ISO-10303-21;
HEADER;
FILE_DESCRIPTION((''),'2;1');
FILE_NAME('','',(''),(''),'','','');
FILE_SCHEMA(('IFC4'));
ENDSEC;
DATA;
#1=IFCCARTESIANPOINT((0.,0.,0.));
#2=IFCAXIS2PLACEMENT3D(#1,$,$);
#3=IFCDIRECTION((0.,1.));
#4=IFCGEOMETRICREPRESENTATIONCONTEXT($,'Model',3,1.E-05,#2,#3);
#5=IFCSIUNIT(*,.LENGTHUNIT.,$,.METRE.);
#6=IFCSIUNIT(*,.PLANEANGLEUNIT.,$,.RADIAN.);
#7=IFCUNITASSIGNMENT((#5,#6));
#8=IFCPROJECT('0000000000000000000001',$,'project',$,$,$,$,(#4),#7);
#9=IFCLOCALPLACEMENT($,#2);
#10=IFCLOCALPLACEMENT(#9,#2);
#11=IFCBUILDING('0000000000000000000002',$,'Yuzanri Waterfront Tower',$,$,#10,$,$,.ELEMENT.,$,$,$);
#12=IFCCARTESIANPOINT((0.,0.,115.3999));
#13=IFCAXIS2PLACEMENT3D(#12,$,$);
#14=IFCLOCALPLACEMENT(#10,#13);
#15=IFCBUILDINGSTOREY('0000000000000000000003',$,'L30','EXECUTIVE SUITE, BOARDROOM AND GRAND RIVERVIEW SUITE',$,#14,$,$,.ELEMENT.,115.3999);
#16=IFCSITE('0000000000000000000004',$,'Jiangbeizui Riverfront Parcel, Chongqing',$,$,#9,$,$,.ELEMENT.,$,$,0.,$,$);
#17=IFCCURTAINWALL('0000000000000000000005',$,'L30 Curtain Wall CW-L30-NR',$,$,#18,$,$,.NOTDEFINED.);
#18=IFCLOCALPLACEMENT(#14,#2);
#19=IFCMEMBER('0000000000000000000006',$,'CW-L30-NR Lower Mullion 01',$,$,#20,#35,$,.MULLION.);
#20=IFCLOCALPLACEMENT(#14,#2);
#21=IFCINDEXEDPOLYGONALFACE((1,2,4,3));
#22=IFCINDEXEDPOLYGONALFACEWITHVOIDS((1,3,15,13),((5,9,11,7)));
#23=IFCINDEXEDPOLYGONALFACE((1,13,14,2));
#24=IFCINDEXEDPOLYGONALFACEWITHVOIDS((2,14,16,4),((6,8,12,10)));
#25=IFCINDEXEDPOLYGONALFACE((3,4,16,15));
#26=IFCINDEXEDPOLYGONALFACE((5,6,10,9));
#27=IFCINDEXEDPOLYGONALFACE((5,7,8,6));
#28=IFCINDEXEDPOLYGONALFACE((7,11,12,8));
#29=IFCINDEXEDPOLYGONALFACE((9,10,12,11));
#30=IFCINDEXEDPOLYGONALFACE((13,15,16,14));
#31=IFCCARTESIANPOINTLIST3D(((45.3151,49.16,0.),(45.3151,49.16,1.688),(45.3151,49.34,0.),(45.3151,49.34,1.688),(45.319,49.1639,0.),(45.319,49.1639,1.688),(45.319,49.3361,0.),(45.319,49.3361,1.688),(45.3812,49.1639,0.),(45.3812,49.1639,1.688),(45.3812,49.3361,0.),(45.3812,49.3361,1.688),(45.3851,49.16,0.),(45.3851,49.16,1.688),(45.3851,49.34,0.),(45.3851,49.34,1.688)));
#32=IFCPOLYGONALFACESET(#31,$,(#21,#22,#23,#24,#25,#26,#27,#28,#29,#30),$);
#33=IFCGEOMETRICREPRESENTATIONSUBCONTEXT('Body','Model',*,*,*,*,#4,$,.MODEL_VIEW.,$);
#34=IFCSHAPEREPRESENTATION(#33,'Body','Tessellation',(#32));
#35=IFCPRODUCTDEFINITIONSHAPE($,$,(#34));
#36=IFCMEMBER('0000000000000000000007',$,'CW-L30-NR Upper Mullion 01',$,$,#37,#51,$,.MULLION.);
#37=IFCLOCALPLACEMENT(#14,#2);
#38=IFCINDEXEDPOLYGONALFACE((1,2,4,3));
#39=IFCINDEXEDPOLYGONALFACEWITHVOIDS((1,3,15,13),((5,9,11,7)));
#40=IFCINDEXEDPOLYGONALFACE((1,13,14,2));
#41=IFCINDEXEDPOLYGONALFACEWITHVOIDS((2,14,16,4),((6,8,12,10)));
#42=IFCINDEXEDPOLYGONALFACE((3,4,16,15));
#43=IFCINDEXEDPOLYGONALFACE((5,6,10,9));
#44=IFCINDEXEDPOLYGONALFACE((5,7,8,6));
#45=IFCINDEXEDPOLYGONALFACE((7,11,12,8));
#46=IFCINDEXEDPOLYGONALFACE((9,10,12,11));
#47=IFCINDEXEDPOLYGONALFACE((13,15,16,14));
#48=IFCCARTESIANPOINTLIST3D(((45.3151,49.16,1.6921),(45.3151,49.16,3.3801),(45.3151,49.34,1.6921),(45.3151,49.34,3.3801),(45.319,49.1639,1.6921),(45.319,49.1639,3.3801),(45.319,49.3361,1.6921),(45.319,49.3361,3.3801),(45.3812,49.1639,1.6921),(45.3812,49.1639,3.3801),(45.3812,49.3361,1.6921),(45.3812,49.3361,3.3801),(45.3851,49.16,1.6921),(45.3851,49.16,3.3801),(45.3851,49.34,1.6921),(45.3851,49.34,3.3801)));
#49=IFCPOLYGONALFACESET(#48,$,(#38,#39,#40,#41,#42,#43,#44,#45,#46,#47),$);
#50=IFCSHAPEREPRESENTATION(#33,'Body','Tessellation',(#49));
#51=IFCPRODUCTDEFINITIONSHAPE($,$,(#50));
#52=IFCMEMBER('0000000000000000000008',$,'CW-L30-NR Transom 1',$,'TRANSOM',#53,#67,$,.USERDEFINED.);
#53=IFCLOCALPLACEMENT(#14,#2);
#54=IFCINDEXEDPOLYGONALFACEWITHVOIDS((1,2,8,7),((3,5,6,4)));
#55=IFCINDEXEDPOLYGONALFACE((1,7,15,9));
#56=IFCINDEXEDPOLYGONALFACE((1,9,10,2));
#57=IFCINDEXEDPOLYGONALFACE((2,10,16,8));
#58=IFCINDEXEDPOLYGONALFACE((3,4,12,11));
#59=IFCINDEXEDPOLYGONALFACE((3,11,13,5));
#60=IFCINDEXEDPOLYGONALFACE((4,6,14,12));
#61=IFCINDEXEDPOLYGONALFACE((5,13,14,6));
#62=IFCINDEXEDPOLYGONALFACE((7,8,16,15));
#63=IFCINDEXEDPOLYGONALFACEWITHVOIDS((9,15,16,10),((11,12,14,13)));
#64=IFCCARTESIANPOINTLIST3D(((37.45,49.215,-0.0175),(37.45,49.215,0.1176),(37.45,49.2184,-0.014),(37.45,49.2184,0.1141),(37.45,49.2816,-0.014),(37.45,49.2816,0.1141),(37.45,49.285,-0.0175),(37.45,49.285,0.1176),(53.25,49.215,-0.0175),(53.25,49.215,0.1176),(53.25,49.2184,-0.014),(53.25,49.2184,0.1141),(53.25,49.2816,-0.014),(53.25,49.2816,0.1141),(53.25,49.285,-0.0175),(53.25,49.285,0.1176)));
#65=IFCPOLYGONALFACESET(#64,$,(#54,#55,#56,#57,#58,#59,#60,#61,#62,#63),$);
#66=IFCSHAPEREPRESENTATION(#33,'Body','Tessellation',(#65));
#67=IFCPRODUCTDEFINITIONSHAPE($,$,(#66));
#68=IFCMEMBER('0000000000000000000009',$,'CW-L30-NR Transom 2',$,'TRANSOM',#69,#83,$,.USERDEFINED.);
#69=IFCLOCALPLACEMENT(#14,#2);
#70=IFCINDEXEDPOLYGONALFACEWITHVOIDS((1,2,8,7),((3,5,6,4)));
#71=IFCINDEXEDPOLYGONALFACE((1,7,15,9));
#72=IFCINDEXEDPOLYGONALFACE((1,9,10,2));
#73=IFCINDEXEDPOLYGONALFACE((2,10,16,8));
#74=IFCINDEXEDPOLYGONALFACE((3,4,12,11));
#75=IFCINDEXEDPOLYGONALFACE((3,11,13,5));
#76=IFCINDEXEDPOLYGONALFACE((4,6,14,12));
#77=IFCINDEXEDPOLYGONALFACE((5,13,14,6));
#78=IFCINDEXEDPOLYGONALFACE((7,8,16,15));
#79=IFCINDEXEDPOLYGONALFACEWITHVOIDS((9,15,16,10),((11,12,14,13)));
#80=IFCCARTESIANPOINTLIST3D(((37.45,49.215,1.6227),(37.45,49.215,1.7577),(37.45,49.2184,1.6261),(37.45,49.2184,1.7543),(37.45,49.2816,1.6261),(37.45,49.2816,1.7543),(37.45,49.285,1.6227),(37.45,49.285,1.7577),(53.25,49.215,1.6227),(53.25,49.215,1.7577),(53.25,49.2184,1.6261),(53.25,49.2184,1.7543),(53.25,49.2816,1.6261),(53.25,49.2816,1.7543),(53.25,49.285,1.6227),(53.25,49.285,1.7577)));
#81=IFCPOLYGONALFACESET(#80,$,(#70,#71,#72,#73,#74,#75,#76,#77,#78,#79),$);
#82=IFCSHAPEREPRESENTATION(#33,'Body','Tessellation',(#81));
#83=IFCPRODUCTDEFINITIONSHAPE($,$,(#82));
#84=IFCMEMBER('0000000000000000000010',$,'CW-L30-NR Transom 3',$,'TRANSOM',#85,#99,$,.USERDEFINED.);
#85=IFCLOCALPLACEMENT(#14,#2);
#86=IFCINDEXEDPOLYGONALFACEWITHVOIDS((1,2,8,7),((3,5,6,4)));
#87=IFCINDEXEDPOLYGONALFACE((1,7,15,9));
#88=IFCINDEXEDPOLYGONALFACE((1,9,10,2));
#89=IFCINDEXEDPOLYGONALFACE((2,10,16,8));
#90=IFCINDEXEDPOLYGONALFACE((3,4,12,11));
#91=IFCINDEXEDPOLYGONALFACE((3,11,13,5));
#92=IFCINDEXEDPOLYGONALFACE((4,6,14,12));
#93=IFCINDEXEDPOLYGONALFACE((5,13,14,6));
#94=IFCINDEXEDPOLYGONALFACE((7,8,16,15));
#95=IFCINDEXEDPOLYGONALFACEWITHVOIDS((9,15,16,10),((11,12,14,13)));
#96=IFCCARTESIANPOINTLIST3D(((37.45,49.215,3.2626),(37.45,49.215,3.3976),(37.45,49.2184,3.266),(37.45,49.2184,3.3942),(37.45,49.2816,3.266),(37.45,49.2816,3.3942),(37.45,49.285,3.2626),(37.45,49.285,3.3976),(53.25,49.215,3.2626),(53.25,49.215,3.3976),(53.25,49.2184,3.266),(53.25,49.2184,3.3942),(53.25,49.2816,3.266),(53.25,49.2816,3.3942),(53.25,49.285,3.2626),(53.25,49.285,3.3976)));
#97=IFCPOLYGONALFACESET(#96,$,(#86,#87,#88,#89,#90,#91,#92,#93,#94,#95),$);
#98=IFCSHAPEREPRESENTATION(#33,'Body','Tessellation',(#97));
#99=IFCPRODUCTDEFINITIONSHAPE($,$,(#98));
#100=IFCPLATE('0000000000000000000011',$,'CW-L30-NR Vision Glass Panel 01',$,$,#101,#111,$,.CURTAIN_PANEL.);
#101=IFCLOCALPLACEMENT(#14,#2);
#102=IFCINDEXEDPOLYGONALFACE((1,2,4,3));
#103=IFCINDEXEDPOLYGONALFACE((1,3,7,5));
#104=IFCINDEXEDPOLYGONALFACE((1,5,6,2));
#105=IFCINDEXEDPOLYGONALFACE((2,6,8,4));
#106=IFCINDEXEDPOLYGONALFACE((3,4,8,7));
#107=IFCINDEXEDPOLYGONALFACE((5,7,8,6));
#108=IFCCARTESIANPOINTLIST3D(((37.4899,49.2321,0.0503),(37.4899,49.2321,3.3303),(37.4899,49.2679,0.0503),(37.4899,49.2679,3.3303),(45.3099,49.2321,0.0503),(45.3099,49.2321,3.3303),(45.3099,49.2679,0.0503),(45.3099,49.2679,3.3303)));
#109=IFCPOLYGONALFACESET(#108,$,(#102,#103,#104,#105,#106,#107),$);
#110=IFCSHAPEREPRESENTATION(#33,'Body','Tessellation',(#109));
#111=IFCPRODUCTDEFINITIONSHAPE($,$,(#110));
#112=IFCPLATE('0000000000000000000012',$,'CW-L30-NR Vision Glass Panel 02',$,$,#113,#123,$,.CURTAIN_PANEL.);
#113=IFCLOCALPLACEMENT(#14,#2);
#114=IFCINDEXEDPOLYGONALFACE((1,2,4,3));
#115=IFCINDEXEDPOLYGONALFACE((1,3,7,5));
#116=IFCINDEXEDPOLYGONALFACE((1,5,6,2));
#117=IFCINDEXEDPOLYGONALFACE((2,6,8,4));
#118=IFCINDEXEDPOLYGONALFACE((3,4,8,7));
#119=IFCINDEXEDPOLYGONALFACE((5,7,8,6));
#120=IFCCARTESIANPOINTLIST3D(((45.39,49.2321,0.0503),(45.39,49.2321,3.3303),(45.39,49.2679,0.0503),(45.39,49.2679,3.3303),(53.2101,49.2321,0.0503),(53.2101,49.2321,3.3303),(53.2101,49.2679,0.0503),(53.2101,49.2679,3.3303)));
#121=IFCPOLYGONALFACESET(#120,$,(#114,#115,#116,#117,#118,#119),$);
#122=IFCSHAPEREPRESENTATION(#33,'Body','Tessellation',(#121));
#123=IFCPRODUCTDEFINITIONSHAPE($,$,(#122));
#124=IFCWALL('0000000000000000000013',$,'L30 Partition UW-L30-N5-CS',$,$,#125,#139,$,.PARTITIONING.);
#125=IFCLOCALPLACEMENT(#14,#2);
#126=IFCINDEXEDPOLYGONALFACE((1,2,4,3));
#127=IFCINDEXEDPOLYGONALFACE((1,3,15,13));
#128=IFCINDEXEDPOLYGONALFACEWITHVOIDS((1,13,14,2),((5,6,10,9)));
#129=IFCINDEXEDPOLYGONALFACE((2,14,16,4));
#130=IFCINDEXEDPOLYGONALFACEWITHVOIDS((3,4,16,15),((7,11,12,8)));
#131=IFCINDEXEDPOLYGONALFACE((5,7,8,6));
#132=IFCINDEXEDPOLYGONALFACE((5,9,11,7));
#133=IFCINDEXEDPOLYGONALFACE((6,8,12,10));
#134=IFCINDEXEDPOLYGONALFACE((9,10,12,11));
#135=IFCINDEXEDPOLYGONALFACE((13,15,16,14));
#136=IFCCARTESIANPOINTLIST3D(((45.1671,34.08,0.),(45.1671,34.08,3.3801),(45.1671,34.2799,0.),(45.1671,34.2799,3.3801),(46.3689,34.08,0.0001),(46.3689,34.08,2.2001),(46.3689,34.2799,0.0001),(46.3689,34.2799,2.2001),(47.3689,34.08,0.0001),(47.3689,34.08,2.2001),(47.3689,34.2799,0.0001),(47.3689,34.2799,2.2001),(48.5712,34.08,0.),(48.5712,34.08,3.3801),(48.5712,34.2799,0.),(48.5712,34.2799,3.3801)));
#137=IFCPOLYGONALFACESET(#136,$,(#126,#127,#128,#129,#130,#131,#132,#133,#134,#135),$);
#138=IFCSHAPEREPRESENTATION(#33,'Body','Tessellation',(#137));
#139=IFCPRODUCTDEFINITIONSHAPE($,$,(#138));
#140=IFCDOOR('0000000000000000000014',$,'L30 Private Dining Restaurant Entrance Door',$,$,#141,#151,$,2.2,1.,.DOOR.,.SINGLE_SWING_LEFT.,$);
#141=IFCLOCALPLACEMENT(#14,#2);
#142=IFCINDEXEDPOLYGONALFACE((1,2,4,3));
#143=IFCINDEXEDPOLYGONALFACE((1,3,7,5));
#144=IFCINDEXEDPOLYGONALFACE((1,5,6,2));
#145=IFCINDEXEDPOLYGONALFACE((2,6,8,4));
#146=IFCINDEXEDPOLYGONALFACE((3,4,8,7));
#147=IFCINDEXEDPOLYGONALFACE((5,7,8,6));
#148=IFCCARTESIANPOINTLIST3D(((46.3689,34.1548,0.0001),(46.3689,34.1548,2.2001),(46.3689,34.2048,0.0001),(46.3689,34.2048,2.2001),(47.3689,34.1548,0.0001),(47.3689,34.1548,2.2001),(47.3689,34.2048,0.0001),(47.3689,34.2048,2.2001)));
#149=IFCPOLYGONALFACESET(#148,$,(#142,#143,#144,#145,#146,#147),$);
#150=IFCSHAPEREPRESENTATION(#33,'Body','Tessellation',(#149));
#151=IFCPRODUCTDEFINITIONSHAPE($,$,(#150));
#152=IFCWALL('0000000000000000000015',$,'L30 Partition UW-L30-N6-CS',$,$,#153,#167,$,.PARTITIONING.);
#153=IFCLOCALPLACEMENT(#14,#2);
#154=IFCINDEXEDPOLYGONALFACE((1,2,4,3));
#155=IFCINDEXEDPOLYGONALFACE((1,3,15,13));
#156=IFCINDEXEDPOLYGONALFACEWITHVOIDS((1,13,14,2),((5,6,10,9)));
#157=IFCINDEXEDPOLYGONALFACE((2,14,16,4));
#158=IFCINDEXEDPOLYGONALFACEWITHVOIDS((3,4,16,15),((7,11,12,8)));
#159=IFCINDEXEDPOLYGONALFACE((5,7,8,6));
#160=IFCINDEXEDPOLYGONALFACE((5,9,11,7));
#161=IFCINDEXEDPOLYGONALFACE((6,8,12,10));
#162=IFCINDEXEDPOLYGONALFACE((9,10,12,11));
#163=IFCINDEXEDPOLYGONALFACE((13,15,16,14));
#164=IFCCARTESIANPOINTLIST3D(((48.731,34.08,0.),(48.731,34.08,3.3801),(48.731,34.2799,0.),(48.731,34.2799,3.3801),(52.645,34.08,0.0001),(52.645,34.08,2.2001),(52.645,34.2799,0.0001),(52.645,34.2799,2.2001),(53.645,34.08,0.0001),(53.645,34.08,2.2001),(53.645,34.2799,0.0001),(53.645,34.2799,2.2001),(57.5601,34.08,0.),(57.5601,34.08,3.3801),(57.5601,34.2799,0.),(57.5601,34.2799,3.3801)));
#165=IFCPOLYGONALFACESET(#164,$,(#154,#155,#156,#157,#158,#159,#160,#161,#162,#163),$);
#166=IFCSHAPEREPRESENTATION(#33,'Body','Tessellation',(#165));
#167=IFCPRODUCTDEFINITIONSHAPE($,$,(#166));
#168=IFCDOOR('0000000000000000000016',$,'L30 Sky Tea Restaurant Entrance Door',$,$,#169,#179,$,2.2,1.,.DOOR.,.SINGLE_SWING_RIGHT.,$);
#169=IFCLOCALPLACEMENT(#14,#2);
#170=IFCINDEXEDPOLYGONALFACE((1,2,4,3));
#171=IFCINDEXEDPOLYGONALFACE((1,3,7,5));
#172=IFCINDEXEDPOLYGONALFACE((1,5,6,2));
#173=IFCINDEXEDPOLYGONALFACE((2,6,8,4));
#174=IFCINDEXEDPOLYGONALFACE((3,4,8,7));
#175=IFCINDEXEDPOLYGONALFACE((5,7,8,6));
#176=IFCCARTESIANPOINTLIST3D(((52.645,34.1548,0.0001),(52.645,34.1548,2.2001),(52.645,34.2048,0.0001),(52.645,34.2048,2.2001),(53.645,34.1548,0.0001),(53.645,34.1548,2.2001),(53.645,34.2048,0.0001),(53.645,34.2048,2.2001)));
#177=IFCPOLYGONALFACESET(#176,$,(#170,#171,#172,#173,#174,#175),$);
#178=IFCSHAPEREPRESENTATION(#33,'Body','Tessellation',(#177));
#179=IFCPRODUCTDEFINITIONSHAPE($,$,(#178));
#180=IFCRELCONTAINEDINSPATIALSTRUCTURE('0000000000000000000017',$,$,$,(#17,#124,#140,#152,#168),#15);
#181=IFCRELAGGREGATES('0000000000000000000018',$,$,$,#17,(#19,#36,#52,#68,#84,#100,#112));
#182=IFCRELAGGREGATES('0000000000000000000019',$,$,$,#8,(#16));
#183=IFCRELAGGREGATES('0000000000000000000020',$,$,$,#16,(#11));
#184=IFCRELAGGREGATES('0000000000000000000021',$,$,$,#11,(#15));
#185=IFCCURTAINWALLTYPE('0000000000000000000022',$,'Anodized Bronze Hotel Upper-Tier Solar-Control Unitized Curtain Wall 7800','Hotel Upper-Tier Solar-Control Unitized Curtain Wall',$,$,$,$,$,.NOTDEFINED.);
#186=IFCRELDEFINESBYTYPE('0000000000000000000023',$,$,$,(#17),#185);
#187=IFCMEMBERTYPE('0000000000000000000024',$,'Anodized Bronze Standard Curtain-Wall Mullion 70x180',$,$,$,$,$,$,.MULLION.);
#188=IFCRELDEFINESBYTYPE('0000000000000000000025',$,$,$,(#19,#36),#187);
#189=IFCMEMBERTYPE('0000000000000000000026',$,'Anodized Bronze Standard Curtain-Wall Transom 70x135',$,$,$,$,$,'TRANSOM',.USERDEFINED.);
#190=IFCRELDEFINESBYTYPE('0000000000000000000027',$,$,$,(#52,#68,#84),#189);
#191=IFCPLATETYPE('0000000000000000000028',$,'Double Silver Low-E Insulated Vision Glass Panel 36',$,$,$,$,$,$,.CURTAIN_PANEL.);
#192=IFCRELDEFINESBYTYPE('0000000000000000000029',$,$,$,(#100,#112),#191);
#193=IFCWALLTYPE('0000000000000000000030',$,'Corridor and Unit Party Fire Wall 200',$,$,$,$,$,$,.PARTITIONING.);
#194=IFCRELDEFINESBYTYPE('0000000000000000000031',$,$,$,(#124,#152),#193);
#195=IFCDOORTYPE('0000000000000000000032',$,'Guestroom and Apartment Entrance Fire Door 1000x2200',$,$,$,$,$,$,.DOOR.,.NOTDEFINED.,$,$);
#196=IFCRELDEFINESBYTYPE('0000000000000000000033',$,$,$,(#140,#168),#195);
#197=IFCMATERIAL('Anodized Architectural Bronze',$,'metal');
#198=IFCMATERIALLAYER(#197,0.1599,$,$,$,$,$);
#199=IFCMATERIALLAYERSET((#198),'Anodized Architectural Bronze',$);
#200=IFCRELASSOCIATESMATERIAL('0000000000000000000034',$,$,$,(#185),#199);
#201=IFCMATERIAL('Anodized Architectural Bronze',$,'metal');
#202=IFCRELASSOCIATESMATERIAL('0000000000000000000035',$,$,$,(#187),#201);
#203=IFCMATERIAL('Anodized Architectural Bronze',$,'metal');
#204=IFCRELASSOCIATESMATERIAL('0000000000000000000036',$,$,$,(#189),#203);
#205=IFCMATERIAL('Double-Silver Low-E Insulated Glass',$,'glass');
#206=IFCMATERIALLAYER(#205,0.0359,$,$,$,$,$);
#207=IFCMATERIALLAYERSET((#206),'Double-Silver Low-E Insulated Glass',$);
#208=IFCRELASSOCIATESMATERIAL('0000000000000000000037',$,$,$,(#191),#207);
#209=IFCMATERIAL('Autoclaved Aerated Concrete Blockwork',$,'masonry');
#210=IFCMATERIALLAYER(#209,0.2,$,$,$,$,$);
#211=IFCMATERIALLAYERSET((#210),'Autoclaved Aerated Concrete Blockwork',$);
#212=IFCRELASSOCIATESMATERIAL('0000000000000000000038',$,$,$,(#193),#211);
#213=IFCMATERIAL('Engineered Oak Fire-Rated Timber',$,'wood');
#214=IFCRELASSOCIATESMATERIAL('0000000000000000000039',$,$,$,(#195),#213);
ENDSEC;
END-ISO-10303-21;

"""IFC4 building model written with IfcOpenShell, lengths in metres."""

from ifc_helpers import new_model, si_unit, direction, frame, frame_2d, origin, origin_2d, place, context, subcontext, project, spatial, rectangle, hollow_rectangle, extrude, source, transform, mapped, material, layer, layer_set, material_profile, profile_set, type_object, element, fill, aggregate, save


model = new_model("IFC4")

# Units and contexts
model_context = context("Model", 3, precision=1e-05, world=origin(), true_north=direction((0.0, 1.0)))
body_context = subcontext(model_context, "Body", "Model", "MODEL_VIEW")
ifc_project = project(units=[si_unit("LENGTHUNIT", "METRE"), si_unit("PLANEANGLEUNIT", "RADIAN")], contexts=[model_context])

# Site, building, storey
site_placement = place(None, origin())
site = spatial("IfcSite", under=ifc_project, at=site_placement, Name="Jiangbeizui Riverfront Parcel, Chongqing", CompositionType="ELEMENT", RefElevation=0.0)
building_placement = place(site_placement, origin())
building = spatial("IfcBuilding", under=site, at=building_placement, Name="Yuzanri Waterfront Tower", CompositionType="ELEMENT")
storey_placement = place(building_placement, frame((0.0, 0.0, 115.3999)))
storey = spatial("IfcBuildingStorey", under=building, at=storey_placement, Name="L30", Description="EXECUTIVE SUITE, BOARDROOM AND GRAND RIVERVIEW SUITE", CompositionType="ELEMENT", Elevation=115.3999)

# Shared definitions
ifc_material_1 = material(Name="Anodized Architectural Bronze", Category="metal")
ifc_layer_1 = layer(ifc_material_1, 0.1599)
ifc_layer_set_1 = layer_set([ifc_layer_1], Name="Anodized Architectural Bronze")
curtain_wall_type = type_object("IfcCurtainWallType", Name="Anodized Bronze Hotel Upper-Tier Solar-Control Unitized Curtain Wall 7800", Description="Hotel Upper-Tier Solar-Control Unitized Curtain Wall", PredefinedType="NOTDEFINED", material=ifc_layer_set_1)
ifc_material_2 = material(Name="Anodized Architectural Bronze", Category="metal")
ifc_material_profile_1 = material_profile(ifc_material_2, hollow_rectangle(XDim=0.0701, YDim=0.1799, WallThickness=0.0039, at=origin_2d()), Name="CWM 70x180")
ifc_profile_set_1 = profile_set([ifc_material_profile_1], Name="Anodized Architectural Bronze")
member_type_1 = type_object("IfcMemberType", Name="Anodized Bronze Standard Curtain-Wall Mullion 70x180", PredefinedType="MULLION", material=ifc_profile_set_1)
shared_shape_1 = source(origin(), body_context, "Body", "SweptSolid", [
    extrude(hollow_rectangle(XDim=0.0701, YDim=0.1799, WallThickness=0.0039, at=origin_2d()), origin(), (0.0, 0.0, 1.0), 1.688),
])

# Curtain wall, members, plates
curtain_wall_1_placement = place(storey_placement, origin())
curtain_wall_1 = element("IfcCurtainWall", 1, at=curtain_wall_1_placement, inside=storey, type_object=curtain_wall_type, Name="L30 Curtain Wall CW-L30-NR", PredefinedType="NOTDEFINED")
member_1_placement = place(storey_placement, frame((45.3501, 49.25, 0.0), z_axis=(0.0, 0.0, 1.0), x_axis=(1.0, 0.0, 0.0)))
member_1 = element("IfcMember", 2, at=member_1_placement, type_object=member_type_1, Name="CW-L30-NR Lower Mullion 01", PredefinedType="MULLION", context=body_context, shape_type="MappedRepresentation", body=[
    mapped(shared_shape_1, transform((0.0, 0.0, 0.0), scale=1.0)),
])
member_2_placement = place(storey_placement, frame((45.3501, 49.25, 1.6921), z_axis=(0.0, 0.0, 1.0), x_axis=(1.0, 0.0, 0.0)))
member_2 = element("IfcMember", 3, at=member_2_placement, type_object=member_type_1, Name="CW-L30-NR Upper Mullion 01", PredefinedType="MULLION", context=body_context, shape_type="MappedRepresentation", body=[
    mapped(shared_shape_1, transform((0.0, 0.0, 0.0), scale=1.0)),
])
ifc_material_3 = material(Name="Anodized Architectural Bronze", Category="metal")
ifc_material_profile_2 = material_profile(ifc_material_3, hollow_rectangle(XDim=0.0701, YDim=0.135, WallThickness=0.0034, at=origin_2d()), Name="CWT 70x135")
ifc_profile_set_2 = profile_set([ifc_material_profile_2], Name="Anodized Architectural Bronze")
member_type_2 = type_object("IfcMemberType", Name="Anodized Bronze Standard Curtain-Wall Transom 70x135", ElementType="TRANSOM", PredefinedType="USERDEFINED", material=ifc_profile_set_2)
shared_shape_2 = source(origin(), body_context, "Body", "SweptSolid", [
    extrude(hollow_rectangle(XDim=0.0701, YDim=0.135, WallThickness=0.0034, at=origin_2d()), origin(), (0.0, 0.0, 1.0), 15.8),
])
member_3_placement = place(storey_placement, frame((37.45, 49.25, 0.05), z_axis=(1.0, 0.0, 0.0), x_axis=(0.0, 1.0, 0.0)))
member_3 = element("IfcMember", 4, at=member_3_placement, type_object=member_type_2, Name="CW-L30-NR Transom 1", ObjectType="TRANSOM", PredefinedType="USERDEFINED", context=body_context, shape_type="MappedRepresentation", body=[
    mapped(shared_shape_2, transform((0.0, 0.0, 0.0), scale=1.0)),
])
member_4_placement = place(storey_placement, frame((37.45, 49.25, 1.6902), z_axis=(1.0, 0.0, 0.0), x_axis=(0.0, 1.0, 0.0)))
member_4 = element("IfcMember", 5, at=member_4_placement, type_object=member_type_2, Name="CW-L30-NR Transom 2", ObjectType="TRANSOM", PredefinedType="USERDEFINED", context=body_context, shape_type="MappedRepresentation", body=[
    mapped(shared_shape_2, transform((0.0, 0.0, 0.0), scale=1.0)),
])
member_5_placement = place(storey_placement, frame((37.45, 49.25, 3.3301), z_axis=(1.0, 0.0, 0.0), x_axis=(0.0, 1.0, 0.0)))
member_5 = element("IfcMember", 6, at=member_5_placement, type_object=member_type_2, Name="CW-L30-NR Transom 3", ObjectType="TRANSOM", PredefinedType="USERDEFINED", context=body_context, shape_type="MappedRepresentation", body=[
    mapped(shared_shape_2, transform((0.0, 0.0, 0.0), scale=1.0)),
])
ifc_material_4 = material(Name="Double-Silver Low-E Insulated Glass", Category="glass")
ifc_layer_2 = layer(ifc_material_4, 0.0359)
ifc_layer_set_2 = layer_set([ifc_layer_2], Name="Double-Silver Low-E Insulated Glass")
plate_type = type_object("IfcPlateType", Name="Double Silver Low-E Insulated Vision Glass Panel 36", PredefinedType="CURTAIN_PANEL", material=ifc_layer_set_2)
shared_shape_3 = source(origin(), body_context, "Body", "SweptSolid", [
    extrude(rectangle(XDim=7.8201, YDim=0.0359, at=origin_2d()), origin(), (0.0, 0.0, 1.0), 3.28),
])
plate_1_placement = place(storey_placement, frame((41.3999, 49.25, 0.0503), z_axis=(0.0, 0.0, 1.0), x_axis=(1.0, 0.0, 0.0)))
plate_1 = element("IfcPlate", 7, at=plate_1_placement, type_object=plate_type, Name="CW-L30-NR Vision Glass Panel 01", PredefinedType="CURTAIN_PANEL", context=body_context, shape_type="MappedRepresentation", body=[
    mapped(shared_shape_3, transform((0.0, 0.0, 0.0), scale=1.0)),
])
plate_2_placement = place(storey_placement, frame((49.3, 49.25, 0.0503), z_axis=(0.0, 0.0, 1.0), x_axis=(1.0, 0.0, 0.0)))
plate_2 = element("IfcPlate", 8, at=plate_2_placement, type_object=plate_type, Name="CW-L30-NR Vision Glass Panel 02", PredefinedType="CURTAIN_PANEL", context=body_context, shape_type="MappedRepresentation", body=[
    mapped(shared_shape_3, transform((0.0, 0.0, 0.0), scale=1.0)),
])
aggregate(curtain_wall_1, [member_1, member_2, member_3, member_4, member_5, plate_1, plate_2])

# Walls, openings, doors
ifc_material_5 = material(Name="Autoclaved Aerated Concrete Blockwork", Category="masonry")
ifc_layer_3 = layer(ifc_material_5, 0.2)
ifc_layer_set_3 = layer_set([ifc_layer_3], Name="Autoclaved Aerated Concrete Blockwork")
wall_type_1 = type_object("IfcWallType", Name="Corridor and Unit Party Fire Wall 200", PredefinedType="PARTITIONING", material=ifc_layer_set_3)
wall_1_placement = place(storey_placement, frame((45.167, 34.1799, 0.0), z_axis=(0.0, 0.0, 1.0), x_axis=(1.0, 0.0, 0.0)))
wall_1 = element("IfcWall", 9, at=wall_1_placement, inside=storey, type_object=wall_type_1, Name="L30 Partition UW-L30-N5-CS", PredefinedType="PARTITIONING", context=body_context, shape_type="SweptSolid", body=[
    extrude(rectangle(XDim=3.4041, YDim=0.2, at=frame_2d((1.7021, 0.0))), origin(), (0.0, 0.0, 1.0), 3.3801),
])
opening_1_placement = place(wall_1_placement, frame((1.2019, 0.0, 0.0)))
opening_1 = element("IfcOpeningElement", 10, at=opening_1_placement, cuts=wall_1, PredefinedType="OPENING", context=body_context, shape_type="SweptSolid", body=[
    extrude(rectangle(XDim=1.0, YDim=2.2, at=frame_2d((0.5, 1.1001))), frame((0.0, 0.1147, 0.0), z_axis=(0.0, -1.0, 0.0), x_axis=(1.0, 0.0, 0.0)), (0.0, 0.0, 1.0), 0.2297),
])
ifc_material_6 = material(Name="Engineered Oak Fire-Rated Timber", Category="wood")
door_type = type_object("IfcDoorType", Name="Guestroom and Apartment Entrance Fire Door 1000x2200", OperationType="NOTDEFINED", PredefinedType="DOOR", material=ifc_material_6)
shared_shape_4 = source(origin(), body_context, "Body", "SweptSolid", [
    extrude(rectangle(XDim=1.0, YDim=2.2, at=frame_2d((0.5, 1.1001))), frame((0.0, 0.0249, 0.0), z_axis=(0.0, -1.0, 0.0), x_axis=(1.0, 0.0, 0.0)), (0.0, 0.0, 1.0), 0.05),
])
door_1_placement = place(opening_1_placement, origin())
door_1 = element("IfcDoor", 11, at=door_1_placement, inside=storey, type_object=door_type, Name="L30 Private Dining Restaurant Entrance Door", OperationType="SINGLE_SWING_LEFT", OverallHeight=2.2, OverallWidth=1.0, PredefinedType="DOOR", context=body_context, shape_type="MappedRepresentation", body=[
    mapped(shared_shape_4, transform((0.0, 0.0, 0.0), scale=1.0)),
])
fill(opening_1, door_1)
wall_2_placement = place(storey_placement, frame((48.731, 34.1799, 0.0), z_axis=(0.0, 0.0, 1.0), x_axis=(1.0, 0.0, 0.0)))
wall_2 = element("IfcWall", 12, at=wall_2_placement, inside=storey, type_object=wall_type_1, Name="L30 Partition UW-L30-N6-CS", PredefinedType="PARTITIONING", context=body_context, shape_type="SweptSolid", body=[
    extrude(rectangle(XDim=8.8291, YDim=0.2, at=frame_2d((4.4146, 0.0))), origin(), (0.0, 0.0, 1.0), 3.3801),
])
opening_2_placement = place(wall_2_placement, frame((3.9141, 0.0, 0.0)))
opening_2 = element("IfcOpeningElement", 13, at=opening_2_placement, cuts=wall_2, PredefinedType="OPENING", context=body_context, shape_type="SweptSolid", body=[
    extrude(rectangle(XDim=1.0, YDim=2.2, at=frame_2d((0.5, 1.1001))), frame((0.0, 0.1147, 0.0), z_axis=(0.0, -1.0, 0.0), x_axis=(1.0, 0.0, 0.0)), (0.0, 0.0, 1.0), 0.2297),
])
door_2_placement = place(opening_2_placement, origin())
door_2 = element("IfcDoor", 14, at=door_2_placement, inside=storey, type_object=door_type, Name="L30 Sky Tea Restaurant Entrance Door", OperationType="SINGLE_SWING_RIGHT", OverallHeight=2.2, OverallWidth=1.0, PredefinedType="DOOR", context=body_context, shape_type="MappedRepresentation", body=[
    mapped(shared_shape_4, transform((0.0, 0.0, 0.0), scale=1.0)),
])
fill(opening_2, door_2)

save(model, "model.ifc")
